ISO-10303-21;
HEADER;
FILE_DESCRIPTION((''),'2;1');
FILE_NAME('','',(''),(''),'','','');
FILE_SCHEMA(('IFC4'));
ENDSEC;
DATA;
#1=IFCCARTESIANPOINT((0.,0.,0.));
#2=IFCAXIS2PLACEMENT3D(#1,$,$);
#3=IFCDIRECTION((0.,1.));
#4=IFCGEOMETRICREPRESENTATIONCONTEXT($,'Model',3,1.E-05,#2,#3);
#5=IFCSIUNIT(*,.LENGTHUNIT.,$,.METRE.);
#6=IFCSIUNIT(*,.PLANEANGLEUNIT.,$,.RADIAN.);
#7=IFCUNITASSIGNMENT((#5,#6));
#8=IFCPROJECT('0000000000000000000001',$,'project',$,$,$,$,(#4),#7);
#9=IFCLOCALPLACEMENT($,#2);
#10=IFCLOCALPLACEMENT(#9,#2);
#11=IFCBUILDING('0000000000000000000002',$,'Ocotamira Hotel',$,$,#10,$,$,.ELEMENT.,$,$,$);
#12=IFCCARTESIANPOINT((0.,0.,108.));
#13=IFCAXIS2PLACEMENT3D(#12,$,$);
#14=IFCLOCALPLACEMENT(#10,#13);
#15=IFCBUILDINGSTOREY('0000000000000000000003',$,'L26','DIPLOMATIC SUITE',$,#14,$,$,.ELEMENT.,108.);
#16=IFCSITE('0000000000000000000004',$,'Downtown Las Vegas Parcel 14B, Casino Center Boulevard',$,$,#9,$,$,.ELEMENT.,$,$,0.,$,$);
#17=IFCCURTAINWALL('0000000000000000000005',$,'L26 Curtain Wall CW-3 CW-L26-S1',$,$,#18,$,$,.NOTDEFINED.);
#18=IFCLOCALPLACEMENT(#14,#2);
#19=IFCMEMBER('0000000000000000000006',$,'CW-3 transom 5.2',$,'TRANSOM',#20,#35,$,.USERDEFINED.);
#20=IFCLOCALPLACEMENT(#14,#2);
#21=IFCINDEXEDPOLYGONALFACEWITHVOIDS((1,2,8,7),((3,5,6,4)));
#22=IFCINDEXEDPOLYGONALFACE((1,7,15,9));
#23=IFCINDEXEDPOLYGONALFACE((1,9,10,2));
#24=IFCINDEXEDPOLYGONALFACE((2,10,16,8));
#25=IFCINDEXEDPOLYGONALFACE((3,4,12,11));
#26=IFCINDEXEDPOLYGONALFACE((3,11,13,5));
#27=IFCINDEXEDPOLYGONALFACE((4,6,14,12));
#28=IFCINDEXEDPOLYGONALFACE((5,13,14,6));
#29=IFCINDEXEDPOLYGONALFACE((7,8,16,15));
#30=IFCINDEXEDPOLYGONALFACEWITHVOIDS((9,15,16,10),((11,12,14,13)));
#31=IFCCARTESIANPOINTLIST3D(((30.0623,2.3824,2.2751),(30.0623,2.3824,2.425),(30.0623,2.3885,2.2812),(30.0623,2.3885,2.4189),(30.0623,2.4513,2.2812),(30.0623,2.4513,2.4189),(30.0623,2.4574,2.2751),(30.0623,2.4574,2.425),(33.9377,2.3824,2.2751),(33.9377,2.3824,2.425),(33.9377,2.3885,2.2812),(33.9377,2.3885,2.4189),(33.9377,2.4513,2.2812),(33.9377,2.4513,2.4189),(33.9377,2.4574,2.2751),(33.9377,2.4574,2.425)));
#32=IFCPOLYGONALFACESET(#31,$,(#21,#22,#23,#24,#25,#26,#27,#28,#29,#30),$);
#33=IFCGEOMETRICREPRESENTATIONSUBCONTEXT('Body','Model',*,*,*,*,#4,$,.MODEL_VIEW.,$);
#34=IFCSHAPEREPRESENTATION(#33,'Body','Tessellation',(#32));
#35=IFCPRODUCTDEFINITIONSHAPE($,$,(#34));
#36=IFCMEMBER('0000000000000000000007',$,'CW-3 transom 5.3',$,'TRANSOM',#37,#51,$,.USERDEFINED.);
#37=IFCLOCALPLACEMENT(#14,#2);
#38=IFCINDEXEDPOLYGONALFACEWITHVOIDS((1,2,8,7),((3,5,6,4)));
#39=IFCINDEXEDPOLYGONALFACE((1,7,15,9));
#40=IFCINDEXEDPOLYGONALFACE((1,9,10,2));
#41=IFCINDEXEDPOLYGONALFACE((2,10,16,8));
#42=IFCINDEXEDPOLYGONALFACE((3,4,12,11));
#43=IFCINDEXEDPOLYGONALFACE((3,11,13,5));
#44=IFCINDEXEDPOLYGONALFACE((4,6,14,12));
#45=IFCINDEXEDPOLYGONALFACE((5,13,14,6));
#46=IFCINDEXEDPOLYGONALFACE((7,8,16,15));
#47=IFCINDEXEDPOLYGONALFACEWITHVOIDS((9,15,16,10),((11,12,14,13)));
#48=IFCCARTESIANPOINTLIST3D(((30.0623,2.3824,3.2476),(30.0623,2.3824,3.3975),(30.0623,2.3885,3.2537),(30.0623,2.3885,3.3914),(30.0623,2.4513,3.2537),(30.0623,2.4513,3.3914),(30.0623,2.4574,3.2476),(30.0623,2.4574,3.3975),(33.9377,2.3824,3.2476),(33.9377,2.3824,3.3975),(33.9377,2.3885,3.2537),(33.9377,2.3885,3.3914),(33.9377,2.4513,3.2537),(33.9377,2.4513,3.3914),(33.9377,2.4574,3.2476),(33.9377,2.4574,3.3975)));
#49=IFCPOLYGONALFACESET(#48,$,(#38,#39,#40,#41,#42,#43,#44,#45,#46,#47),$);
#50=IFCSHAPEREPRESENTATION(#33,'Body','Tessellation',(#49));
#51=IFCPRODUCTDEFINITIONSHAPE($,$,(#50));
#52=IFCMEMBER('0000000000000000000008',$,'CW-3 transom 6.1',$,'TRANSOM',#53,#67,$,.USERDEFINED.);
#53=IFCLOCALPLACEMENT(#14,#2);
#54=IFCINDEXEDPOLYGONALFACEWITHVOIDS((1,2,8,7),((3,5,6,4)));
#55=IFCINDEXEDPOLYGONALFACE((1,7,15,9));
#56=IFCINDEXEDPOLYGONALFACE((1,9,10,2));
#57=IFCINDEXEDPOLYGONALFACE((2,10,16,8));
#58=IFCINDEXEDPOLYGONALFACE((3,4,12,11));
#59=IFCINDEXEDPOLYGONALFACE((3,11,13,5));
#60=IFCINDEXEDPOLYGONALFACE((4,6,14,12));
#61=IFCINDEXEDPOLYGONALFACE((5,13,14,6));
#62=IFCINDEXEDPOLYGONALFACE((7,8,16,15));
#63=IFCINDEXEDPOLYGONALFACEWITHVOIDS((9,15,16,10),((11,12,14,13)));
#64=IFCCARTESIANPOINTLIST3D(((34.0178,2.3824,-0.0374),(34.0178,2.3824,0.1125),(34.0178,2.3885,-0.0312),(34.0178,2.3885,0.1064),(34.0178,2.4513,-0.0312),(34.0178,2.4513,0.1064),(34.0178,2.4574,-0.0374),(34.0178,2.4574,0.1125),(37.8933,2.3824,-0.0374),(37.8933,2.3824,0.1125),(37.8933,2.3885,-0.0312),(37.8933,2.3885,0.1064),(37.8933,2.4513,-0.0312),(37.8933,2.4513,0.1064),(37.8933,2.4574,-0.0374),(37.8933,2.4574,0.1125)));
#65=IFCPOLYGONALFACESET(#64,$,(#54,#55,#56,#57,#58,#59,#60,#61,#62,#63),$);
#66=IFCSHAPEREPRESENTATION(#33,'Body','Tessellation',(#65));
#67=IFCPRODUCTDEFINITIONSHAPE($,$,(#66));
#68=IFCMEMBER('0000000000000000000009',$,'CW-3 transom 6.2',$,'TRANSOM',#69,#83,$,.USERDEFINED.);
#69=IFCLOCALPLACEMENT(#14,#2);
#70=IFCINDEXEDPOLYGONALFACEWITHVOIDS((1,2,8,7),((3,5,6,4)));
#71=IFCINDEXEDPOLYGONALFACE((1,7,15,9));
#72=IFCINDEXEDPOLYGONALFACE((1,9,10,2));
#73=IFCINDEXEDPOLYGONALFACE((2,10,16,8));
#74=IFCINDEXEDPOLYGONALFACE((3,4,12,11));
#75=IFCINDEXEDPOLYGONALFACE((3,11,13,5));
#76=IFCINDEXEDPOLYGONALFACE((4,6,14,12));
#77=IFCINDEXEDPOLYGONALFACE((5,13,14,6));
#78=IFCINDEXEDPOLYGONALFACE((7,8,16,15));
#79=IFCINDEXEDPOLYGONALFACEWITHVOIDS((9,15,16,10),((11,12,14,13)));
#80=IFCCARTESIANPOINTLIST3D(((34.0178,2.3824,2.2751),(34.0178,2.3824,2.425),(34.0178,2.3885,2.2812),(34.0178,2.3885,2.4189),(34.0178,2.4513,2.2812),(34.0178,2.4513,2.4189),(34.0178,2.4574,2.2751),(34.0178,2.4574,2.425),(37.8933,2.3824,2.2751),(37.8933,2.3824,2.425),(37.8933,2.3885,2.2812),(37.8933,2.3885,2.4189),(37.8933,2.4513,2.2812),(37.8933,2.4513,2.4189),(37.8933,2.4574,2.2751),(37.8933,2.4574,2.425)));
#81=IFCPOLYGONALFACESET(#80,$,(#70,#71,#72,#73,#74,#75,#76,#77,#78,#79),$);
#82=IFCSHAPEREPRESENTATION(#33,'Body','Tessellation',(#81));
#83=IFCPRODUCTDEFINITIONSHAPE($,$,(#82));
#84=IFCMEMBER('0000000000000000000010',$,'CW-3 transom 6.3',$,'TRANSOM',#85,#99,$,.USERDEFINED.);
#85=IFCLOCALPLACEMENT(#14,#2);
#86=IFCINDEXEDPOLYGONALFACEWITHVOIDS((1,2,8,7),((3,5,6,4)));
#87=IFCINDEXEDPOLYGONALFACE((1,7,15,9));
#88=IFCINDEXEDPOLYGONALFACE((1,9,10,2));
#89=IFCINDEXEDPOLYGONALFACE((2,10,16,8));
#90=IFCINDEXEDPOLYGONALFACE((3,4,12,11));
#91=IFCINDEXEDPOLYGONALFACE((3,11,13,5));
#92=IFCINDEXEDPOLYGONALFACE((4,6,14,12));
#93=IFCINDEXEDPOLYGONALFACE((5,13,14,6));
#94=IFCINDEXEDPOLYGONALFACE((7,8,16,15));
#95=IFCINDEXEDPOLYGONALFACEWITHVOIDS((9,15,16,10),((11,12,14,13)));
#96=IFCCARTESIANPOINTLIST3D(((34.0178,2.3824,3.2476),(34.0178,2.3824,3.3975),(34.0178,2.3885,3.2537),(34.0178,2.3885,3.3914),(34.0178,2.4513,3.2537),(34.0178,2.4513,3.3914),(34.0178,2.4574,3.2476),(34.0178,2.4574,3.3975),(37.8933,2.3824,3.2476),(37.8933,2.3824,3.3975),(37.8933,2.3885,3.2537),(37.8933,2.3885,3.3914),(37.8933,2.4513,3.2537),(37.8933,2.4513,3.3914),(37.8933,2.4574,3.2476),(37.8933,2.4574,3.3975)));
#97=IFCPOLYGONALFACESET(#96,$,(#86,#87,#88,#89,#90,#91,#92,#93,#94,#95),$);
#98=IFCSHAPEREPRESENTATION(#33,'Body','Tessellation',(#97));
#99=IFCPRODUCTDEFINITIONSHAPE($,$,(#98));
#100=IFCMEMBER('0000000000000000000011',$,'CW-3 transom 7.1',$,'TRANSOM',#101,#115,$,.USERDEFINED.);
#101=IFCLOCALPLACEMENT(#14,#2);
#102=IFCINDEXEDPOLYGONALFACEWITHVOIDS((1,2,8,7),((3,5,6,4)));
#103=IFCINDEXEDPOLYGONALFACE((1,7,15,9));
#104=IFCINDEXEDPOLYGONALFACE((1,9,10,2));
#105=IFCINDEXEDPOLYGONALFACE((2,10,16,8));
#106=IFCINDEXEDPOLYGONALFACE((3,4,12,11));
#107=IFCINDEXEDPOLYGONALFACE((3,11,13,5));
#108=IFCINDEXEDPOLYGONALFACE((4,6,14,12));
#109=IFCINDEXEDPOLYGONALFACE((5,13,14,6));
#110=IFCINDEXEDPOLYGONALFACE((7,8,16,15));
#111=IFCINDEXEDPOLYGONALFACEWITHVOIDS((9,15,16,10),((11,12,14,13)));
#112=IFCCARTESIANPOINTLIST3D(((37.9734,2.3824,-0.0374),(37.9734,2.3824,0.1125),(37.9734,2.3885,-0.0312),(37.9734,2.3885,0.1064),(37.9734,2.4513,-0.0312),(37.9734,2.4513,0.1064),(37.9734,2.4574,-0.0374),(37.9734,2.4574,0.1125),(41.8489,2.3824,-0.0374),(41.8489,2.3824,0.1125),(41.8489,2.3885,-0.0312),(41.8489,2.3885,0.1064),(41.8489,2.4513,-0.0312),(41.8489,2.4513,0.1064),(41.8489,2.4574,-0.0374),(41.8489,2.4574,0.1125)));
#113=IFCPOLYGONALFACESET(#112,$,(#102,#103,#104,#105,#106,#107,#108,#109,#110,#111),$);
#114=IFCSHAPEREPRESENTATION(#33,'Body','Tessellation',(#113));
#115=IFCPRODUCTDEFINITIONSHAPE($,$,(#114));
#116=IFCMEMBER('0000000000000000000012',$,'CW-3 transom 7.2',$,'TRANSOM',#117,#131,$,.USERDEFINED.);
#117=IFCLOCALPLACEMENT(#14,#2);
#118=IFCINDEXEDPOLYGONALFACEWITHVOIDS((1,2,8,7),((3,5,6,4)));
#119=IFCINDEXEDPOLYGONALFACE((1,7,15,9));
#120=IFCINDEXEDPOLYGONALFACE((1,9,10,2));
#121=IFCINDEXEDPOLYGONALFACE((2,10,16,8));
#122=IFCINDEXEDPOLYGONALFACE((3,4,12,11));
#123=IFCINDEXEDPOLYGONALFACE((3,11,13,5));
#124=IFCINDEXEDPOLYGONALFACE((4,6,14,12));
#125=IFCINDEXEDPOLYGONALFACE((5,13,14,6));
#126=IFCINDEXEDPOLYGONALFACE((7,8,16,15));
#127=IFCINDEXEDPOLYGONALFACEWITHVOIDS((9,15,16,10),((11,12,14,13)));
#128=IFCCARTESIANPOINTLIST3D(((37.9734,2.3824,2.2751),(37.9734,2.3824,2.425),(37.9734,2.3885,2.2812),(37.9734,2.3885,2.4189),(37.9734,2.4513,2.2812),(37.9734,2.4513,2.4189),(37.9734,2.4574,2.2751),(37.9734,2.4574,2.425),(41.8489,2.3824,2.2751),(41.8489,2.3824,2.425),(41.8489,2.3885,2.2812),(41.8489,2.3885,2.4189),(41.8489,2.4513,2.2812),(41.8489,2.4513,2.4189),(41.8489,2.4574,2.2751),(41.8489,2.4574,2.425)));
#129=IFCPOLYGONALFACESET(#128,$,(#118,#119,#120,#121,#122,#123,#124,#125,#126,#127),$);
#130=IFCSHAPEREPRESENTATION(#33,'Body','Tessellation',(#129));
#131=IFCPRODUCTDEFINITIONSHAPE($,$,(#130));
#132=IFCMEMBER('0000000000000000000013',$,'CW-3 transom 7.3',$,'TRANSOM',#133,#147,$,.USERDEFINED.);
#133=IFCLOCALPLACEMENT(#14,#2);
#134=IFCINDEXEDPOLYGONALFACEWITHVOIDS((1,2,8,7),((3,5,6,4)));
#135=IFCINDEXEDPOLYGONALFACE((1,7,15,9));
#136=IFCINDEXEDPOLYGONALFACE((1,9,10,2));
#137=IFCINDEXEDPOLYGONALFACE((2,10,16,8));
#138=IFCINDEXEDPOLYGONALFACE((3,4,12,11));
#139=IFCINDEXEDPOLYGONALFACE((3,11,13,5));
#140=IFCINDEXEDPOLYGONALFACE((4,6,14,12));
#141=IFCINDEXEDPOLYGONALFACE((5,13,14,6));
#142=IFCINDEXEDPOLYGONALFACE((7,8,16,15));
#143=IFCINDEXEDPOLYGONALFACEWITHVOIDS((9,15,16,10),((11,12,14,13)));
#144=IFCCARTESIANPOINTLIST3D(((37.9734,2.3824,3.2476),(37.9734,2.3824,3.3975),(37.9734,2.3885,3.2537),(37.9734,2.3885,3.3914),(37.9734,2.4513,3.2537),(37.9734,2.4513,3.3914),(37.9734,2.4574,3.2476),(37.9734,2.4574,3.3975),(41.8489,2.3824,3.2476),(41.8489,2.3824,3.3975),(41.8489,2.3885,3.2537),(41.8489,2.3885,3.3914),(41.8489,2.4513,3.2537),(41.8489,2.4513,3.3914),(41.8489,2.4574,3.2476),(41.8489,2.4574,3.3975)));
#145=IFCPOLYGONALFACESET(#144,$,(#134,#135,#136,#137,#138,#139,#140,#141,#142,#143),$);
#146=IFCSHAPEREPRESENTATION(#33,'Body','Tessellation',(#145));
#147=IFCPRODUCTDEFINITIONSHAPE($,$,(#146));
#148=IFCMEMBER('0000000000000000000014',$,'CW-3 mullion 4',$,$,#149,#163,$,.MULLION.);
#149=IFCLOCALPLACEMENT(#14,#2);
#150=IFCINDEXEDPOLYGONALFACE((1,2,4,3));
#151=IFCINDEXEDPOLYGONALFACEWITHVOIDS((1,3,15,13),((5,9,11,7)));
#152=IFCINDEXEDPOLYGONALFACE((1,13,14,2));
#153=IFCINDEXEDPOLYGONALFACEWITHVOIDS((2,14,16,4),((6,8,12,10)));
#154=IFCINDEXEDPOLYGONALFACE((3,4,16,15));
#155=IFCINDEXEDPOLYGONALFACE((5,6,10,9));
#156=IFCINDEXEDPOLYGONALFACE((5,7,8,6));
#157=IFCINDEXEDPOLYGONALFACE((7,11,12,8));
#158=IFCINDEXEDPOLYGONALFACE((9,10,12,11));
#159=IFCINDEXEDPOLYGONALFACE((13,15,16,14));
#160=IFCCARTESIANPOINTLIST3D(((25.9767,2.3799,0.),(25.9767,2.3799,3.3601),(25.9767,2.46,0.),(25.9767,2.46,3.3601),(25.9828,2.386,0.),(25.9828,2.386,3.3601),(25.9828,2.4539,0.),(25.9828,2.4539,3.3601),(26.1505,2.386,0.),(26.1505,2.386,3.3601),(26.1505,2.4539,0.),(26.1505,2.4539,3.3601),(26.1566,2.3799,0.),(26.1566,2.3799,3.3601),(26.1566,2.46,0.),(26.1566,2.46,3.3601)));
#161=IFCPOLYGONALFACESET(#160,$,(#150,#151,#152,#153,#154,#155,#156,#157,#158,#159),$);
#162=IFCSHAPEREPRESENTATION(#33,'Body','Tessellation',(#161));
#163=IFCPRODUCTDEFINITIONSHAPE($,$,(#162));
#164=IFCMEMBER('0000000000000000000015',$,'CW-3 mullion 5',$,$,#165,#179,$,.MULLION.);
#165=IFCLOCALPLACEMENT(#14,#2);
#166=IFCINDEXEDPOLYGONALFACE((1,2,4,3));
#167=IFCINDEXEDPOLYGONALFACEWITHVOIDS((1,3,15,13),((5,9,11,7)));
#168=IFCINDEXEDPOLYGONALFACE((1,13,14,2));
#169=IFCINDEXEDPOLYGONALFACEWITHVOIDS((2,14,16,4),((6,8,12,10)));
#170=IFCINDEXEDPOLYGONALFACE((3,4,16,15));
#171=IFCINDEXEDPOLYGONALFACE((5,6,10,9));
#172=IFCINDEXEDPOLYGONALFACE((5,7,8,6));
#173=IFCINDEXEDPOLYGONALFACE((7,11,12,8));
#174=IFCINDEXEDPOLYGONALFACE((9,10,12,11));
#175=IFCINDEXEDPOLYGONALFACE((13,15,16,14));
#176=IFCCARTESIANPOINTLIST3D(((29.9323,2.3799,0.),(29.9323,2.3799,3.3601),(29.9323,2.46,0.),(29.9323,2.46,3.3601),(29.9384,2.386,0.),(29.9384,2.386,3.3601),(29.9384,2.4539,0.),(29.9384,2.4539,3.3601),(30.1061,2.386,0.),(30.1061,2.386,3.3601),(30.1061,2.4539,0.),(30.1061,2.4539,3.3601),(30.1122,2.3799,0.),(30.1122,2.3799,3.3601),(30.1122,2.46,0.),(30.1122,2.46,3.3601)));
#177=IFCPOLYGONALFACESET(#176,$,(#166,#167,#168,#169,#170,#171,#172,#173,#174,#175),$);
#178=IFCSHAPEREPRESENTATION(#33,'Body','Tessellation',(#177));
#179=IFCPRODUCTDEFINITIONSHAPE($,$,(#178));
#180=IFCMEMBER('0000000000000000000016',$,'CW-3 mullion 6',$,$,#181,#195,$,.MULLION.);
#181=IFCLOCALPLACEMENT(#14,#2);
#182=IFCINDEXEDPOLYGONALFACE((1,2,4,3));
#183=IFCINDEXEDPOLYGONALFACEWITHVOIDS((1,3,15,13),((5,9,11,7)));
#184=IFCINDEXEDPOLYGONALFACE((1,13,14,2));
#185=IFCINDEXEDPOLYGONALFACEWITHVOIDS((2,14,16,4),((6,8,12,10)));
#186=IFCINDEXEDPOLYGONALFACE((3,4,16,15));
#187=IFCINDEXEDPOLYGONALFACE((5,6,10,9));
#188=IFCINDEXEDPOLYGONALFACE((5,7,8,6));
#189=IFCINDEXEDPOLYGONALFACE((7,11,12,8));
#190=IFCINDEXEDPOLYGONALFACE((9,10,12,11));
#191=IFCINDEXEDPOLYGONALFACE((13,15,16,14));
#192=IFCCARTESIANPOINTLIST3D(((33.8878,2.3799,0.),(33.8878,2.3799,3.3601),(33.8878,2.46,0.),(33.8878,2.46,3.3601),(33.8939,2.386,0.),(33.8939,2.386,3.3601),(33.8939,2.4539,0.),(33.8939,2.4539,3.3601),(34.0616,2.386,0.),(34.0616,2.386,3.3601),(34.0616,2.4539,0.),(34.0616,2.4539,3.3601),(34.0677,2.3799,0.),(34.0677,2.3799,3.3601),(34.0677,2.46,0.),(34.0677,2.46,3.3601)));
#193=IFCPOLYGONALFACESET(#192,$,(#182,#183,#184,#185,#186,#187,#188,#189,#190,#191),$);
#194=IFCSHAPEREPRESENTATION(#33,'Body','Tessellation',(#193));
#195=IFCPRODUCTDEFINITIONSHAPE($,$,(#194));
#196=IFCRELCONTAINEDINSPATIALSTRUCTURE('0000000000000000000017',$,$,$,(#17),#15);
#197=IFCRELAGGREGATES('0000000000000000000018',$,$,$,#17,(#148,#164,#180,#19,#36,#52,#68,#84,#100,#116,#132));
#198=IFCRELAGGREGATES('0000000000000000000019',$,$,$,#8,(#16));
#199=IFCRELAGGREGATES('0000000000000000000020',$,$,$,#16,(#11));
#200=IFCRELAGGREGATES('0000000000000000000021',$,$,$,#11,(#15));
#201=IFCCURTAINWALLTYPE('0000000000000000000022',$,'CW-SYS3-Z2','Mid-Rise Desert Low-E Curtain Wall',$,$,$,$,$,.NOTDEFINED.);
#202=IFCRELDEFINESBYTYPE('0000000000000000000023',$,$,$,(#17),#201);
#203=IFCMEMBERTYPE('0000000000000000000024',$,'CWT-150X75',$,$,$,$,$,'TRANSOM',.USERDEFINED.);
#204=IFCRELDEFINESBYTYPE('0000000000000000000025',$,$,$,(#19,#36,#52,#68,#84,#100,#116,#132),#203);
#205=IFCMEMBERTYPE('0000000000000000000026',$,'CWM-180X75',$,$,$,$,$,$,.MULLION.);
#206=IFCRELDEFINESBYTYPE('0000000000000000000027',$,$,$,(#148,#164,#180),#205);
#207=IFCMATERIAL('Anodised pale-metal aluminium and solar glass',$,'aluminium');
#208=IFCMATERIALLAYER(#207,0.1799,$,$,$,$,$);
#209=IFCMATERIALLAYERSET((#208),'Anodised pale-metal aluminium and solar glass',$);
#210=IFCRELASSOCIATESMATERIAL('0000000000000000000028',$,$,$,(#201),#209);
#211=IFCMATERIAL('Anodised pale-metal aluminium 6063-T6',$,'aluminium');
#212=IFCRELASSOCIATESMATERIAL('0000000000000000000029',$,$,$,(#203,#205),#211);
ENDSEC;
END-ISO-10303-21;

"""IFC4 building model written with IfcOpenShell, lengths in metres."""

from ifc_helpers import new_model, si_unit, direction, frame, origin, origin_2d, place, context, subcontext, project, spatial, hollow_rectangle, extrude, source, transform, mapped, material, layer, layer_set, material_profile, profile_set, type_object, element, aggregate, save


model = new_model("IFC4")

# Units and contexts
model_context = context("Model", 3, precision=1e-05, world=origin(), true_north=direction((0.0, 1.0)))
body_context = subcontext(model_context, "Body", "Model", "MODEL_VIEW")
ifc_project = project(units=[si_unit("LENGTHUNIT", "METRE"), si_unit("PLANEANGLEUNIT", "RADIAN")], contexts=[model_context])

# Site, building, storey
site_placement = place(None, origin())
site = spatial("IfcSite", under=ifc_project, at=site_placement, Name="Downtown Las Vegas Parcel 14B, Casino Center Boulevard", CompositionType="ELEMENT", RefElevation=0.0)
building_placement = place(site_placement, origin())
building = spatial("IfcBuilding", under=site, at=building_placement, Name="Ocotamira Hotel", CompositionType="ELEMENT")
storey_placement = place(building_placement, frame((0.0, 0.0, 108.0)))
storey = spatial("IfcBuildingStorey", under=building, at=storey_placement, Name="L26", Description="DIPLOMATIC SUITE", CompositionType="ELEMENT", Elevation=108.0)

# Curtain wall, members
ifc_material_1 = material(Name="Anodised pale-metal aluminium and solar glass", Category="aluminium")
ifc_layer_1 = layer(ifc_material_1, 0.1799)
ifc_layer_set_1 = layer_set([ifc_layer_1], Name="Anodised pale-metal aluminium and solar glass")
curtain_wall_type = type_object("IfcCurtainWallType", Name="CW-SYS3-Z2", Description="Mid-Rise Desert Low-E Curtain Wall", PredefinedType="NOTDEFINED", material=ifc_layer_set_1)
curtain_wall_placement = place(storey_placement, origin())
curtain_wall = element("IfcCurtainWall", 1, at=curtain_wall_placement, inside=storey, type_object=curtain_wall_type, Name="L26 Curtain Wall CW-3 CW-L26-S1", PredefinedType="NOTDEFINED")
ifc_material_2 = material(Name="Anodised pale-metal aluminium 6063-T6", Category="aluminium")
ifc_material_profile_1 = material_profile(ifc_material_2, hollow_rectangle(XDim=0.075, YDim=0.1499, WallThickness=0.0061, at=origin_2d()), Name="HSS150X75X6")
ifc_profile_set_1 = profile_set([ifc_material_profile_1], Name="Anodised pale-metal aluminium 6063-T6")
member_type_1 = type_object("IfcMemberType", Name="CWT-150X75", ElementType="TRANSOM", PredefinedType="USERDEFINED", material=ifc_profile_set_1)
shared_shape_1 = source(origin(), body_context, "Body", "SweptSolid", [
    extrude(hollow_rectangle(XDim=0.075, YDim=0.1499, WallThickness=0.0061, at=origin_2d()), origin(), (0.0, 0.0, 1.0), 3.8755),
])
member_1_placement = place(storey_placement, frame((30.0623, 2.4199, 2.3501), z_axis=(1.0, 0.0, 0.0), x_axis=(0.0, 1.0, 0.0)))
member_1 = element("IfcMember", 2, at=member_1_placement, type_object=member_type_1, Name="CW-3 transom 5.2", ObjectType="TRANSOM", PredefinedType="USERDEFINED", context=body_context, shape_type="MappedRepresentation", body=[
    mapped(shared_shape_1, transform((0.0, 0.0, 0.0), scale=1.0)),
])
member_2_placement = place(storey_placement, frame((30.0623, 2.4199, 3.3225), z_axis=(1.0, 0.0, 0.0), x_axis=(0.0, 1.0, 0.0)))
member_2 = element("IfcMember", 3, at=member_2_placement, type_object=member_type_1, Name="CW-3 transom 5.3", ObjectType="TRANSOM", PredefinedType="USERDEFINED", context=body_context, shape_type="MappedRepresentation", body=[
    mapped(shared_shape_1, transform((0.0, 0.0, 0.0), scale=1.0)),
])
member_3_placement = place(storey_placement, frame((34.0178, 2.4199, 0.0376), z_axis=(1.0, 0.0, 0.0), x_axis=(0.0, 1.0, 0.0)))
member_3 = element("IfcMember", 4, at=member_3_placement, type_object=member_type_1, Name="CW-3 transom 6.1", ObjectType="TRANSOM", PredefinedType="USERDEFINED", context=body_context, shape_type="MappedRepresentation", body=[
    mapped(shared_shape_1, transform((0.0, 0.0, 0.0), scale=1.0)),
])
member_4_placement = place(storey_placement, frame((34.0178, 2.4199, 2.3501), z_axis=(1.0, 0.0, 0.0), x_axis=(0.0, 1.0, 0.0)))
member_4 = element("IfcMember", 5, at=member_4_placement, type_object=member_type_1, Name="CW-3 transom 6.2", ObjectType="TRANSOM", PredefinedType="USERDEFINED", context=body_context, shape_type="MappedRepresentation", body=[
    mapped(shared_shape_1, transform((0.0, 0.0, 0.0), scale=1.0)),
])
member_5_placement = place(storey_placement, frame((34.0178, 2.4199, 3.3225), z_axis=(1.0, 0.0, 0.0), x_axis=(0.0, 1.0, 0.0)))
member_5 = element("IfcMember", 6, at=member_5_placement, type_object=member_type_1, Name="CW-3 transom 6.3", ObjectType="TRANSOM", PredefinedType="USERDEFINED", context=body_context, shape_type="MappedRepresentation", body=[
    mapped(shared_shape_1, transform((0.0, 0.0, 0.0), scale=1.0)),
])
member_6_placement = place(storey_placement, frame((37.9734, 2.4199, 0.0376), z_axis=(1.0, 0.0, 0.0), x_axis=(0.0, 1.0, 0.0)))
member_6 = element("IfcMember", 7, at=member_6_placement, type_object=member_type_1, Name="CW-3 transom 7.1", ObjectType="TRANSOM", PredefinedType="USERDEFINED", context=body_context, shape_type="MappedRepresentation", body=[
    mapped(shared_shape_1, transform((0.0, 0.0, 0.0), scale=1.0)),
])
member_7_placement = place(storey_placement, frame((37.9734, 2.4199, 2.3501), z_axis=(1.0, 0.0, 0.0), x_axis=(0.0, 1.0, 0.0)))
member_7 = element("IfcMember", 8, at=member_7_placement, type_object=member_type_1, Name="CW-3 transom 7.2", ObjectType="TRANSOM", PredefinedType="USERDEFINED", context=body_context, shape_type="MappedRepresentation", body=[
    mapped(shared_shape_1, transform((0.0, 0.0, 0.0), scale=1.0)),
])
member_8_placement = place(storey_placement, frame((37.9734, 2.4199, 3.3225), z_axis=(1.0, 0.0, 0.0), x_axis=(0.0, 1.0, 0.0)))
member_8 = element("IfcMember", 9, at=member_8_placement, type_object=member_type_1, Name="CW-3 transom 7.3", ObjectType="TRANSOM", PredefinedType="USERDEFINED", context=body_context, shape_type="MappedRepresentation", body=[
    mapped(shared_shape_1, transform((0.0, 0.0, 0.0), scale=1.0)),
])
ifc_material_profile_2 = material_profile(ifc_material_2, hollow_rectangle(XDim=0.0801, YDim=0.1799, WallThickness=0.0061, at=origin_2d()), Name="HSS180X80X6")
ifc_profile_set_2 = profile_set([ifc_material_profile_2], Name="Anodised pale-metal aluminium 6063-T6")
member_type_2 = type_object("IfcMemberType", Name="CWM-180X75", PredefinedType="MULLION", material=ifc_profile_set_2)
shared_shape_2 = source(origin(), body_context, "Body", "SweptSolid", [
    extrude(hollow_rectangle(XDim=0.0801, YDim=0.1799, WallThickness=0.0061, at=origin_2d()), origin(), (0.0, 0.0, 1.0), 3.3601),
])
member_9_placement = place(storey_placement, frame((26.0667, 2.4199, 0.0), z_axis=(0.0, 0.0, 1.0), x_axis=(0.0, 1.0, 0.0)))
member_9 = element("IfcMember", 10, at=member_9_placement, type_object=member_type_2, Name="CW-3 mullion 4", PredefinedType="MULLION", context=body_context, shape_type="MappedRepresentation", body=[
    mapped(shared_shape_2, transform((0.0, 0.0, 0.0), scale=1.0)),
])
member_10_placement = place(storey_placement, frame((30.0222, 2.4199, 0.0), z_axis=(0.0, 0.0, 1.0), x_axis=(0.0, 1.0, 0.0)))
member_10 = element("IfcMember", 11, at=member_10_placement, type_object=member_type_2, Name="CW-3 mullion 5", PredefinedType="MULLION", context=body_context, shape_type="MappedRepresentation", body=[
    mapped(shared_shape_2, transform((0.0, 0.0, 0.0), scale=1.0)),
])
member_11_placement = place(storey_placement, frame((33.9778, 2.4199, 0.0), z_axis=(0.0, 0.0, 1.0), x_axis=(0.0, 1.0, 0.0)))
member_11 = element("IfcMember", 12, at=member_11_placement, type_object=member_type_2, Name="CW-3 mullion 6", PredefinedType="MULLION", context=body_context, shape_type="MappedRepresentation", body=[
    mapped(shared_shape_2, transform((0.0, 0.0, 0.0), scale=1.0)),
])

aggregate(curtain_wall, [member_9, member_10, member_11, member_1, member_2, member_3, member_4, member_5, member_6, member_7, member_8])

save(model, "model.ifc")
